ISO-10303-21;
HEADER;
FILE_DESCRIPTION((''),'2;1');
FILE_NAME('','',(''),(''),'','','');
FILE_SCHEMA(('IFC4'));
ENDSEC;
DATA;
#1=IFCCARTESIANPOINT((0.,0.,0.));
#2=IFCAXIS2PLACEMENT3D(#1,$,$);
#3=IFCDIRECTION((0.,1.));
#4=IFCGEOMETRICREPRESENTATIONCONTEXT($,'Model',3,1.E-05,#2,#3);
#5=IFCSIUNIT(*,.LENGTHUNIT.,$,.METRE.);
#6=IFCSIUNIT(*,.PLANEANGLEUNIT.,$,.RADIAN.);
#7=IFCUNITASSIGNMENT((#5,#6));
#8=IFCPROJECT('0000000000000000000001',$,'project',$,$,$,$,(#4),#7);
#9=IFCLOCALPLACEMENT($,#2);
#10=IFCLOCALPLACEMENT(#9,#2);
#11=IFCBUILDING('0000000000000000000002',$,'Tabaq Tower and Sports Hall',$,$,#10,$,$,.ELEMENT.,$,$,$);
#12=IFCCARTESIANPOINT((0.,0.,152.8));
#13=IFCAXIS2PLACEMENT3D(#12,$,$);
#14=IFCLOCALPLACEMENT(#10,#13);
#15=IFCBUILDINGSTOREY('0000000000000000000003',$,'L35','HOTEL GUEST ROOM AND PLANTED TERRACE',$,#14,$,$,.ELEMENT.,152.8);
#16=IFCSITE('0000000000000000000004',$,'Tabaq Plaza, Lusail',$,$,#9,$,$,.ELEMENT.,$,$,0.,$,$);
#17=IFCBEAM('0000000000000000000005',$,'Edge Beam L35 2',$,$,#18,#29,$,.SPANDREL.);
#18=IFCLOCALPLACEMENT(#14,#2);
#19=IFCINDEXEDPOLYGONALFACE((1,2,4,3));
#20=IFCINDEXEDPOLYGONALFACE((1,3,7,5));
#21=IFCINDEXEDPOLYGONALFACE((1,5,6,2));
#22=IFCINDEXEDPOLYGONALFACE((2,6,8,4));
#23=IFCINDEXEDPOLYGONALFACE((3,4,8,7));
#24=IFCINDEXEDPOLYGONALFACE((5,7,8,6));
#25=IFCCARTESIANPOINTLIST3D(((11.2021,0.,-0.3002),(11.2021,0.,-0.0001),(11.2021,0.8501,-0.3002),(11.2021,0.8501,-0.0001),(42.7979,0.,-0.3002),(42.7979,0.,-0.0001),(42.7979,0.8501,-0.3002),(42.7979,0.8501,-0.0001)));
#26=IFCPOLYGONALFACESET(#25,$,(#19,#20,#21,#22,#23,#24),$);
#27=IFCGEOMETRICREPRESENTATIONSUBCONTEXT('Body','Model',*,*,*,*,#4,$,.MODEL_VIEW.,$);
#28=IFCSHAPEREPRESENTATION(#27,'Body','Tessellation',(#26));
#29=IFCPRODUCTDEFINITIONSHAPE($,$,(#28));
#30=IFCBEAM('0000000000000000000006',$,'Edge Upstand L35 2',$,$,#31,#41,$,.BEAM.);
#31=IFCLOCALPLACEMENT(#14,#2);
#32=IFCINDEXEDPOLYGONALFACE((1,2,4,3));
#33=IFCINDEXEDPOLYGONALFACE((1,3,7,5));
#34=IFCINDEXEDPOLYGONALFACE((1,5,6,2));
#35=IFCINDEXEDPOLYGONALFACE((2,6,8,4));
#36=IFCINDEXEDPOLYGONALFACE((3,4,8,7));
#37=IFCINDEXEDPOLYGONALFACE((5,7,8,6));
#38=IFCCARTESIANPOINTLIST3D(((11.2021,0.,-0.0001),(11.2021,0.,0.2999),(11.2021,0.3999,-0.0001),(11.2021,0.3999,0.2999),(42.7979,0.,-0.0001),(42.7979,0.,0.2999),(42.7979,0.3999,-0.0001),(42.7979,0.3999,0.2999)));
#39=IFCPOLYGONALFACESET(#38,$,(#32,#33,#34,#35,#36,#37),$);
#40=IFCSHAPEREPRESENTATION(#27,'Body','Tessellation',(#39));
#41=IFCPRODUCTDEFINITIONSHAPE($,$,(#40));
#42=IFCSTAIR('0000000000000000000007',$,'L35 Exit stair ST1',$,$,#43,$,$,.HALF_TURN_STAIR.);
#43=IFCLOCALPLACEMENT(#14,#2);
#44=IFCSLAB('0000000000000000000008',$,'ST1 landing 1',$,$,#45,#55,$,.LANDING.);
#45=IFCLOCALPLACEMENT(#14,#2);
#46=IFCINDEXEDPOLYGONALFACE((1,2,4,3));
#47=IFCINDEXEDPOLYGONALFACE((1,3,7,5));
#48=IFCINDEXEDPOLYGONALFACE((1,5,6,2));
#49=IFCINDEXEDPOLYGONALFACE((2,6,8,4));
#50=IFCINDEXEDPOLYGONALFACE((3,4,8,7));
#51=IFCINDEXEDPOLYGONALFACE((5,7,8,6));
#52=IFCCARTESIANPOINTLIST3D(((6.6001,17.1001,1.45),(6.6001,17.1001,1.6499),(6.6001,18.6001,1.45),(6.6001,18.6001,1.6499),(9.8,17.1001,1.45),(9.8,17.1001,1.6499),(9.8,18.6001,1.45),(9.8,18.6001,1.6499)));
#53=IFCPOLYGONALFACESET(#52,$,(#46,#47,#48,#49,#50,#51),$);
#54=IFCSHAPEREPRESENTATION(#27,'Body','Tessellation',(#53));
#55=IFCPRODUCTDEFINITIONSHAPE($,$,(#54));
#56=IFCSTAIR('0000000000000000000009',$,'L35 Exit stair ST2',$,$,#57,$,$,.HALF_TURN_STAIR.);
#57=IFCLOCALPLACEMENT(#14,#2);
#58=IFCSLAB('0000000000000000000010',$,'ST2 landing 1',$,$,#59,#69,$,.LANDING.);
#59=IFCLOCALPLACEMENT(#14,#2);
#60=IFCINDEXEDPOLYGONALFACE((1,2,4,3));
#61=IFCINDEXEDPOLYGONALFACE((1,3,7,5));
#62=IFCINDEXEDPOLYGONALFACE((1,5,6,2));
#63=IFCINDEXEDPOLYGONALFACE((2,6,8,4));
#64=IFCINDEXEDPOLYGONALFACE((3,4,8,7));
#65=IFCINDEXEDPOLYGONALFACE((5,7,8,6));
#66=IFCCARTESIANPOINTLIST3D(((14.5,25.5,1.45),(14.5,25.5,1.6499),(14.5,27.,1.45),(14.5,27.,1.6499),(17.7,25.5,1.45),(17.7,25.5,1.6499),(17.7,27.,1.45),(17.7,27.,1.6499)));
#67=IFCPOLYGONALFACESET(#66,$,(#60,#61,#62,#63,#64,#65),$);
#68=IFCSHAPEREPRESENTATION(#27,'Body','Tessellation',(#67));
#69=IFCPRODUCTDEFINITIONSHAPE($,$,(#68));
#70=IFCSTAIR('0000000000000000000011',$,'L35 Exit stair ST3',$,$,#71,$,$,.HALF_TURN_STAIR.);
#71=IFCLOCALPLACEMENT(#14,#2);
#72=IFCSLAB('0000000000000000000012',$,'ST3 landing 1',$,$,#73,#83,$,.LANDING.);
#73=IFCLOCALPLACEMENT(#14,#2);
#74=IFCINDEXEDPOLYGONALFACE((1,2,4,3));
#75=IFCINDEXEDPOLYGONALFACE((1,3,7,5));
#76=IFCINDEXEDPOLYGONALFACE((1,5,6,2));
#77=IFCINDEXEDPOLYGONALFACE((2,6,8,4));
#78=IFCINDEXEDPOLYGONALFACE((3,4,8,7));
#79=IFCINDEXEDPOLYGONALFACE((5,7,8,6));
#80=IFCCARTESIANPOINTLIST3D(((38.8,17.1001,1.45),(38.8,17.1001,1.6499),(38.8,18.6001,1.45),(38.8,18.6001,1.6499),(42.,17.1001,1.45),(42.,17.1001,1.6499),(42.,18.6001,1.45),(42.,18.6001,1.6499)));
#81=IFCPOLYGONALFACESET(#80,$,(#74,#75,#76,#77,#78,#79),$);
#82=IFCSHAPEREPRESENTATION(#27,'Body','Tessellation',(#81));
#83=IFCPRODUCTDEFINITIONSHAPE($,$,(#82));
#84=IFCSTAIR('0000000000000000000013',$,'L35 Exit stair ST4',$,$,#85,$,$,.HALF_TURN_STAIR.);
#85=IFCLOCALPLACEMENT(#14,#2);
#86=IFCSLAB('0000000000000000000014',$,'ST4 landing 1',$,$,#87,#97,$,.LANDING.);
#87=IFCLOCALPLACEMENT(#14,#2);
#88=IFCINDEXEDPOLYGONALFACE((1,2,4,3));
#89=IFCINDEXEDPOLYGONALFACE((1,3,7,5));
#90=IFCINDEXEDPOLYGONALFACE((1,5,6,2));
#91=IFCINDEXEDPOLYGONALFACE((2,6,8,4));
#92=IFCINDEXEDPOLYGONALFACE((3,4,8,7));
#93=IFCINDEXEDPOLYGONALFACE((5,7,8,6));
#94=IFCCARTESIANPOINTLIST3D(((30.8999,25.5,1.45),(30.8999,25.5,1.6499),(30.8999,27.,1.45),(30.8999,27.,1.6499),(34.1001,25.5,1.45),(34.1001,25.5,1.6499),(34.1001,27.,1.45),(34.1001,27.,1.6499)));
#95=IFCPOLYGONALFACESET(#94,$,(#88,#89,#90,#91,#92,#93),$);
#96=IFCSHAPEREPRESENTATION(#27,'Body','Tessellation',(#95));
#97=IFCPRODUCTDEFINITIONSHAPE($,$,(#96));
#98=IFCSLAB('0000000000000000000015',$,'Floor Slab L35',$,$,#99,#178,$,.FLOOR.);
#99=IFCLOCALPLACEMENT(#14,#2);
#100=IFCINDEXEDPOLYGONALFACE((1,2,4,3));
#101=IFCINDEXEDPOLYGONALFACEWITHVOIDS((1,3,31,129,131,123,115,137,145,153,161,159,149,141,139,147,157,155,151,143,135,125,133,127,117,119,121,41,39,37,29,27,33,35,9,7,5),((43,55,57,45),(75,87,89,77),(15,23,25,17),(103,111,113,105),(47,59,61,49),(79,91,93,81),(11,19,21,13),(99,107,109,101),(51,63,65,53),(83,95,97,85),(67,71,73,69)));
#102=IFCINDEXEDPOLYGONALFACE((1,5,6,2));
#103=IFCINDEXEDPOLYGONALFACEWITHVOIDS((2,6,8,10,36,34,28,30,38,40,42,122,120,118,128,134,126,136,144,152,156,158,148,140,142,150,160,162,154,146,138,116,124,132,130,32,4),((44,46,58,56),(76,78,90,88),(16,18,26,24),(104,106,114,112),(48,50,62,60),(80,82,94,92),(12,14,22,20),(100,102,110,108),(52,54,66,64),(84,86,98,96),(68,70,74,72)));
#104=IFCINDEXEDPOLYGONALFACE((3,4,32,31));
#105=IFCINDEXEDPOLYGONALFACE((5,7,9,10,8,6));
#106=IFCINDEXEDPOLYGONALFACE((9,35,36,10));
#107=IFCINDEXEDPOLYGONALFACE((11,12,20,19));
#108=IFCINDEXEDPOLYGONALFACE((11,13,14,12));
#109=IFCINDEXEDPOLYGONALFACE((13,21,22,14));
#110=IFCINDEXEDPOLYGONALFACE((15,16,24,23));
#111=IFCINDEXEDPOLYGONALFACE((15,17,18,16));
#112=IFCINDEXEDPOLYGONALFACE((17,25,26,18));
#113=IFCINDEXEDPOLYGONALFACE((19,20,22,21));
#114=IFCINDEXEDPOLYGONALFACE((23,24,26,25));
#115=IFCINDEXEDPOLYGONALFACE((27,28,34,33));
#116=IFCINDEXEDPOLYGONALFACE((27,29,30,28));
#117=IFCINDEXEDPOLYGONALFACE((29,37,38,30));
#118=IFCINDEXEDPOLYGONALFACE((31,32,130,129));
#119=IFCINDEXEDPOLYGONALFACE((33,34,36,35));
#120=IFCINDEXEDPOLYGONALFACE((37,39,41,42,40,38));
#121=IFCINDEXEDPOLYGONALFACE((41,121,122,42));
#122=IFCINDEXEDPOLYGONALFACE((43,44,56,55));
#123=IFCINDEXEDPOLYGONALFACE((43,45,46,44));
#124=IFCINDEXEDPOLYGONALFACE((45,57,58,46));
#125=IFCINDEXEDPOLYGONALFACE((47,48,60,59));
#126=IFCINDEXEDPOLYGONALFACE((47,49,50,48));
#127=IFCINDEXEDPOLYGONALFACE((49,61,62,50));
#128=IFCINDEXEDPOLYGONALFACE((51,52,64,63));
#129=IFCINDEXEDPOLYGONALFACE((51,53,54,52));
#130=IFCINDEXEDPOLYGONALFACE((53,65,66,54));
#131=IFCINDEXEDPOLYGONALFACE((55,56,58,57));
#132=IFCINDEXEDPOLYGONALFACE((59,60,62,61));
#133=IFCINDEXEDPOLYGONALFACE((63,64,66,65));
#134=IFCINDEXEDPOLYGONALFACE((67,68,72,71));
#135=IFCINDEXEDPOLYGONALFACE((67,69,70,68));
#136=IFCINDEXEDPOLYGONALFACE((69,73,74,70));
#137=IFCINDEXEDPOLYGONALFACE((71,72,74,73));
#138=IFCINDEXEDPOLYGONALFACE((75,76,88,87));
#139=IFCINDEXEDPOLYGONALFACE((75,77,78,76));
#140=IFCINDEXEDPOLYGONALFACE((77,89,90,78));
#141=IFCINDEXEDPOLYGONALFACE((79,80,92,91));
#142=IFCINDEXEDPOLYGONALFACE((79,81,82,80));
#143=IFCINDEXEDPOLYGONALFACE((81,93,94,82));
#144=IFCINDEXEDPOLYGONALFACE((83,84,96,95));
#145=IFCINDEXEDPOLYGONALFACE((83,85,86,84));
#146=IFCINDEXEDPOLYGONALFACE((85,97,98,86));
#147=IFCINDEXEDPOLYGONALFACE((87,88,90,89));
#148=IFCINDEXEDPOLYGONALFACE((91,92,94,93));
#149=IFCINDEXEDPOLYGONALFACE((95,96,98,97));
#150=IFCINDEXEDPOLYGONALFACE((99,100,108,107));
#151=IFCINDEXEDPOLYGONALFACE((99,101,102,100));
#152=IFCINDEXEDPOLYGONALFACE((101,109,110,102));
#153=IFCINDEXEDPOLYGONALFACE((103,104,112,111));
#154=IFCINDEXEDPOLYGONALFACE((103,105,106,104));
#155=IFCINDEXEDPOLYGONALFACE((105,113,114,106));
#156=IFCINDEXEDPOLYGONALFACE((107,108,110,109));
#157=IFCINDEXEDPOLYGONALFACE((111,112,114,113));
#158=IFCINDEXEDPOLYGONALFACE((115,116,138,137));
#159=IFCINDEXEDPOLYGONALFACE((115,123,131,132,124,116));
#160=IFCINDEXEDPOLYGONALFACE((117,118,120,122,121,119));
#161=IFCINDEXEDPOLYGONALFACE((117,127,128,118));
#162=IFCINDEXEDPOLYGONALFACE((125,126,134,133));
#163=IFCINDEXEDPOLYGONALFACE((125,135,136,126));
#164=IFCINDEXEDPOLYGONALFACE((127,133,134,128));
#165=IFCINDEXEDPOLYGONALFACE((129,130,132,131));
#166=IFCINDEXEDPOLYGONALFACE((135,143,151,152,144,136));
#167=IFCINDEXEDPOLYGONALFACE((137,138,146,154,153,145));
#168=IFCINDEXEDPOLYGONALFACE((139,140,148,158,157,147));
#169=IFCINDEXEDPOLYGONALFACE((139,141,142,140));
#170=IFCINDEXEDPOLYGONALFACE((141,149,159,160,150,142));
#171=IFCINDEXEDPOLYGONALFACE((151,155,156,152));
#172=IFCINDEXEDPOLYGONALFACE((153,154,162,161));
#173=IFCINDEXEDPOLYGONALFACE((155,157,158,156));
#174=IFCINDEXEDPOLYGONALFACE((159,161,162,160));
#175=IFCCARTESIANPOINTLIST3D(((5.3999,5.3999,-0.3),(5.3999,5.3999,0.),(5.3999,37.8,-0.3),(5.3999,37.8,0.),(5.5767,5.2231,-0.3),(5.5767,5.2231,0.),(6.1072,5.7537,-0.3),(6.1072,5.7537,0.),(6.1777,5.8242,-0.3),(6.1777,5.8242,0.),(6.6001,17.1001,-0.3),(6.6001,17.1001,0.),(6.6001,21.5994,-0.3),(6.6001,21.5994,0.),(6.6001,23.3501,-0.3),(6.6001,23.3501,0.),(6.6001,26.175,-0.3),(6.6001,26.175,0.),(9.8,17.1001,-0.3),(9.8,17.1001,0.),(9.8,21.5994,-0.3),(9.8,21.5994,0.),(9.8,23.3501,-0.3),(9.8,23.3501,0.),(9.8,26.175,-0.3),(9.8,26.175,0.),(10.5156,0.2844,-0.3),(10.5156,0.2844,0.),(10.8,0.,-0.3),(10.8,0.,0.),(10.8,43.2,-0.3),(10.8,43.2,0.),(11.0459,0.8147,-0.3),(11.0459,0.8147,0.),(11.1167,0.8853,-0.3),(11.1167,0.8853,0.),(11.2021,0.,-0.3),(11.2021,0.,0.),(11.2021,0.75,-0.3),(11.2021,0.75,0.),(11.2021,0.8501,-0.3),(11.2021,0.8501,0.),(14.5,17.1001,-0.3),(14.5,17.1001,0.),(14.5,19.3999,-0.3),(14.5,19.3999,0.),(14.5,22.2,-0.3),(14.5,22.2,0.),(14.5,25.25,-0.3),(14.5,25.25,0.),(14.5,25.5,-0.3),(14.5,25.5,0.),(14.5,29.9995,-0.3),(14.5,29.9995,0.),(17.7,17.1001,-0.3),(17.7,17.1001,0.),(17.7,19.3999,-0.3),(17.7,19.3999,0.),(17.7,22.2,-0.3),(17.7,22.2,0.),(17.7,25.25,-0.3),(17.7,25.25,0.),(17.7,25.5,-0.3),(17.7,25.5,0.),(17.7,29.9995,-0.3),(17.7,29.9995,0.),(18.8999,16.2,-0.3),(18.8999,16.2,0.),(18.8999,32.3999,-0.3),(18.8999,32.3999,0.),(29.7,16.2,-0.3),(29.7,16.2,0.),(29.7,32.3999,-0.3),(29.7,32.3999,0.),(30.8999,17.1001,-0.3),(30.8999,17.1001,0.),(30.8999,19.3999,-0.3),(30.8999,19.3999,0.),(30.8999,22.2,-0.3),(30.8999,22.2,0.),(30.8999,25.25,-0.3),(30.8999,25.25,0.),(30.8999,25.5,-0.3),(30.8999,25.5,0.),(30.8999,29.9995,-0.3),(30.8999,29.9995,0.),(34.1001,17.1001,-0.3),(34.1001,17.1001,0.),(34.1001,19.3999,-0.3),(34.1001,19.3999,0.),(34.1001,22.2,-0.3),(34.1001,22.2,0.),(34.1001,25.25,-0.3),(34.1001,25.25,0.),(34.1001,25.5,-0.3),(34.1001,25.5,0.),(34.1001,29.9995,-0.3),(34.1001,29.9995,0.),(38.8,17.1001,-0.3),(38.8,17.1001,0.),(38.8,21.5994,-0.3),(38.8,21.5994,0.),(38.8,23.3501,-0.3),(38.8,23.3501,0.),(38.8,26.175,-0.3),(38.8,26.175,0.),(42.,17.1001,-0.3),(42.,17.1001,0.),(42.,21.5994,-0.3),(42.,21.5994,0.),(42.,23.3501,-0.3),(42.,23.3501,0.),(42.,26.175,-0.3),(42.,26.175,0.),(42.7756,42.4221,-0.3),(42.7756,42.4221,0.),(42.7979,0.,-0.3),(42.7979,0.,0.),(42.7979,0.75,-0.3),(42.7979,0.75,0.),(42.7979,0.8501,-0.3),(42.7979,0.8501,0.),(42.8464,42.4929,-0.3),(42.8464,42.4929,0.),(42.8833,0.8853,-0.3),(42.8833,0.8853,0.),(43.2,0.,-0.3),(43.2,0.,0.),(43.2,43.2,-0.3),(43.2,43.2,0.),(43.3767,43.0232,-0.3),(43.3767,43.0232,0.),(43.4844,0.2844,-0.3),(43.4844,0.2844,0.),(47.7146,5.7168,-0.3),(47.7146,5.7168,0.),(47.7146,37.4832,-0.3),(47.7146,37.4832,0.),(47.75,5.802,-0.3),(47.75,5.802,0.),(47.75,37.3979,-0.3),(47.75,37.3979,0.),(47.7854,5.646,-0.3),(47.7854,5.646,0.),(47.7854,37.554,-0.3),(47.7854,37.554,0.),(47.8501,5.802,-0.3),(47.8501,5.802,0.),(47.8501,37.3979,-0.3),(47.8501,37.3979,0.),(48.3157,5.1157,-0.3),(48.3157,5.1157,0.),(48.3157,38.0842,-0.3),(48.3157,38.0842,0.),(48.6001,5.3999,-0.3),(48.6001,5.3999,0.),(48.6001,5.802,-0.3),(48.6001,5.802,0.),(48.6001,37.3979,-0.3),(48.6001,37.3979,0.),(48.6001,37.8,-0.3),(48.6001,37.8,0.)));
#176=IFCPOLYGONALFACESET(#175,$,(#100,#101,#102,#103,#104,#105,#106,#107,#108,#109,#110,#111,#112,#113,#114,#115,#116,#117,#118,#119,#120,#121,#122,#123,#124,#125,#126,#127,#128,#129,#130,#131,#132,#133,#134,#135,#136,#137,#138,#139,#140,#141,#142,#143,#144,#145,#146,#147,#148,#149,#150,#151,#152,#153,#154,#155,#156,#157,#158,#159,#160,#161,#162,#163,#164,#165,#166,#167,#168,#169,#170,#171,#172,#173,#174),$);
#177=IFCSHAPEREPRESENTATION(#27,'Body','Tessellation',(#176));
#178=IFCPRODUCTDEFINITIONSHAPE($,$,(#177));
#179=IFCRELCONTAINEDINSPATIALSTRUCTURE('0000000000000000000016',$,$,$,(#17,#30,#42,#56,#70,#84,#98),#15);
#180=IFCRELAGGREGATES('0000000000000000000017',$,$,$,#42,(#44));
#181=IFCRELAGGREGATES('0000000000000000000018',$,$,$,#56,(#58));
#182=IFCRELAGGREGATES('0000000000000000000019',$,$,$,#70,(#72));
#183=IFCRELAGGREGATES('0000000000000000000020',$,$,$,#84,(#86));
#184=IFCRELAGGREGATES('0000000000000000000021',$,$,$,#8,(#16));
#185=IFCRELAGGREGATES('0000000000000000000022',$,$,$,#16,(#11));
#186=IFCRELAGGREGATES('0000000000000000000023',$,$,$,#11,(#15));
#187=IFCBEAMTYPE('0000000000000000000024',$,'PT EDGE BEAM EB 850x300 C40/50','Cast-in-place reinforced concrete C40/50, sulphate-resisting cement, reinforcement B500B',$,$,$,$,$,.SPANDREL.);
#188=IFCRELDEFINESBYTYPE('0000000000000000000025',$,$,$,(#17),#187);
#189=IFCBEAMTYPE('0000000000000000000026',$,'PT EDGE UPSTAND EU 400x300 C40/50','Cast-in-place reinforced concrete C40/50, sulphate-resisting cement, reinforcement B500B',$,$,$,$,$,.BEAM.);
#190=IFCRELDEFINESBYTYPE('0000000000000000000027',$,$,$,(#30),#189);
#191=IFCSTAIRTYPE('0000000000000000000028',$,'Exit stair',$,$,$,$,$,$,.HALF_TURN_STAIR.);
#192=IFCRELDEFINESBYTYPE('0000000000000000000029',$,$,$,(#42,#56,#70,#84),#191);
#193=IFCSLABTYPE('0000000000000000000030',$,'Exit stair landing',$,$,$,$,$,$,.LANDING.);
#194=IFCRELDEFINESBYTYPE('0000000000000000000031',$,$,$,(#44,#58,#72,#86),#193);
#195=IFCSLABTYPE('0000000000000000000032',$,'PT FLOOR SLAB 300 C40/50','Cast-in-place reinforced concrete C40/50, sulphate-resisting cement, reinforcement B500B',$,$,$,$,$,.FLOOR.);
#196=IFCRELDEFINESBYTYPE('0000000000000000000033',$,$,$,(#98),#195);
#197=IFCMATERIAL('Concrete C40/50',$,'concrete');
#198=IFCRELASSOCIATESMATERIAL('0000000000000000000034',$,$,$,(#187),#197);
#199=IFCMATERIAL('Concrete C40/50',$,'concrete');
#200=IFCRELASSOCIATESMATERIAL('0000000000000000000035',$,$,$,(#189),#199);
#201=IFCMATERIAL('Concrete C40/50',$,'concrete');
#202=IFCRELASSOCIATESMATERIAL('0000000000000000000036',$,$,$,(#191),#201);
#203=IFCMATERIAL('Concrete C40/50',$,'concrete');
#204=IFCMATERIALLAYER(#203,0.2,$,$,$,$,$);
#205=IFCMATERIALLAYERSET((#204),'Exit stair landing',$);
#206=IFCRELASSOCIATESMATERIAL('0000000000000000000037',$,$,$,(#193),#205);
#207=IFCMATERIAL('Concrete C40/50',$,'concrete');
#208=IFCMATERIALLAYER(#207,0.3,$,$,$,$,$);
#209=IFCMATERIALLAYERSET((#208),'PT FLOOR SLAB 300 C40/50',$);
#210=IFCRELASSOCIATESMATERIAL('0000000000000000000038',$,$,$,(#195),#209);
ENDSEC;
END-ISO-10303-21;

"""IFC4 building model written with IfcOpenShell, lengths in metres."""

from ifc_helpers import new_model, si_unit, direction, frame, origin, origin_2d, place, context, subcontext, project, spatial, polyline, rectangle, outline, extrude, material, layer, layer_set, material_profile, profile_set, type_object, element, aggregate, save


model = new_model("IFC4")

# Units and contexts
model_context = context("Model", 3, precision=1e-05, world=origin(), true_north=direction((0.0, 1.0)))
body_context = subcontext(model_context, "Body", "Model", "MODEL_VIEW")
ifc_project = project(units=[si_unit("LENGTHUNIT", "METRE"), si_unit("PLANEANGLEUNIT", "RADIAN")], contexts=[model_context])

# Site, building, storey
site_placement = place(None, origin())
site = spatial("IfcSite", under=ifc_project, at=site_placement, Name="Tabaq Plaza, Lusail", CompositionType="ELEMENT", RefElevation=0.0)
building_placement = place(site_placement, origin())
building = spatial("IfcBuilding", under=site, at=building_placement, Name="Tabaq Tower and Sports Hall", CompositionType="ELEMENT")
storey_placement = place(building_placement, frame((0.0, 0.0, 152.8)))
storey = spatial("IfcBuildingStorey", under=building, at=storey_placement, Name="L35", Description="HOTEL GUEST ROOM AND PLANTED TERRACE", CompositionType="ELEMENT", Elevation=152.8)

# Beams
ifc_material_1 = material(Name="Concrete C40/50", Category="concrete")
ifc_material_profile_1 = material_profile(ifc_material_1, rectangle(XDim=0.8501, YDim=0.3, at=origin_2d()), Name="EB 850x300")
ifc_profile_set_1 = profile_set([ifc_material_profile_1], Name="Concrete C40/50")
beam_type_1 = type_object("IfcBeamType", Name="PT EDGE BEAM EB 850x300 C40/50", Description="Cast-in-place reinforced concrete C40/50, sulphate-resisting cement, reinforcement B500B", PredefinedType="SPANDREL", material=ifc_profile_set_1)
beam_1_placement = place(storey_placement, frame((11.2021, 0.425, -0.1501), z_axis=(1.0, 0.0, 0.0), x_axis=(0.0, 1.0, 0.0)))
element("IfcBeam", 1, at=beam_1_placement, inside=storey, type_object=beam_type_1, Name="Edge Beam L35 2", PredefinedType="SPANDREL", context=body_context, shape_type="SweptSolid", body=[
    extrude(rectangle(XDim=0.8501, YDim=0.3, at=origin_2d()), origin(), (0.0, 0.0, 1.0), 31.5957),
])
ifc_material_2 = material(Name="Concrete C40/50", Category="concrete")
ifc_material_profile_2 = material_profile(ifc_material_2, rectangle(XDim=0.3999, YDim=0.3, at=origin_2d()), Name="EU 400x300")
ifc_profile_set_2 = profile_set([ifc_material_profile_2], Name="Concrete C40/50")
beam_type_2 = type_object("IfcBeamType", Name="PT EDGE UPSTAND EU 400x300 C40/50", Description="Cast-in-place reinforced concrete C40/50, sulphate-resisting cement, reinforcement B500B", PredefinedType="BEAM", material=ifc_profile_set_2)
beam_2_placement = place(storey_placement, frame((11.2021, 0.2, 0.1499), z_axis=(1.0, 0.0, 0.0), x_axis=(0.0, 1.0, 0.0)))
element("IfcBeam", 2, at=beam_2_placement, inside=storey, type_object=beam_type_2, Name="Edge Upstand L35 2", PredefinedType="BEAM", context=body_context, shape_type="SweptSolid", body=[
    extrude(rectangle(XDim=0.3999, YDim=0.3, at=origin_2d()), origin(), (0.0, 0.0, 1.0), 31.5957),
])

# Stairs, slabs
ifc_material_3 = material(Name="Concrete C40/50", Category="concrete")
stair_type = type_object("IfcStairType", Name="Exit stair", PredefinedType="HALF_TURN_STAIR", material=ifc_material_3)
stair_1_placement = place(storey_placement, origin())
stair_1 = element("IfcStair", 3, at=stair_1_placement, inside=storey, type_object=stair_type, Name="L35 Exit stair ST1", PredefinedType="HALF_TURN_STAIR")
ifc_material_4 = material(Name="Concrete C40/50", Category="concrete")
ifc_layer_1 = layer(ifc_material_4, 0.2)
ifc_layer_set_1 = layer_set([ifc_layer_1], Name="Exit stair landing")
slab_type_1 = type_object("IfcSlabType", Name="Exit stair landing", PredefinedType="LANDING", material=ifc_layer_set_1)
slab_1_placement = place(storey_placement, frame((0.0, 0.0, 1.45)))
slab_1 = element("IfcSlab", 4, at=slab_1_placement, type_object=slab_type_1, Name="ST1 landing 1", PredefinedType="LANDING", context=body_context, shape_type="SweptSolid", body=[
    extrude(outline(polyline([(6.6001, 18.6001), (6.6001, 17.1001), (9.8, 17.1001), (9.8, 18.6001), (6.6001, 18.6001)])), origin(), (0.0, 0.0, 1.0), 0.2),
])
aggregate(stair_1, [slab_1])
stair_2_placement = place(storey_placement, origin())
stair_2 = element("IfcStair", 5, at=stair_2_placement, inside=storey, type_object=stair_type, Name="L35 Exit stair ST2", PredefinedType="HALF_TURN_STAIR")
slab_2_placement = place(storey_placement, frame((0.0, 0.0, 1.45)))
slab_2 = element("IfcSlab", 6, at=slab_2_placement, type_object=slab_type_1, Name="ST2 landing 1", PredefinedType="LANDING", context=body_context, shape_type="SweptSolid", body=[
    extrude(outline(polyline([(14.5, 27.0), (14.5, 25.5), (17.7, 25.5), (17.7, 27.0), (14.5, 27.0)])), origin(), (0.0, 0.0, 1.0), 0.2),
])
aggregate(stair_2, [slab_2])
stair_3_placement = place(storey_placement, origin())
stair_3 = element("IfcStair", 7, at=stair_3_placement, inside=storey, type_object=stair_type, Name="L35 Exit stair ST3", PredefinedType="HALF_TURN_STAIR")
slab_3_placement = place(storey_placement, frame((0.0, 0.0, 1.45)))
slab_3 = element("IfcSlab", 8, at=slab_3_placement, type_object=slab_type_1, Name="ST3 landing 1", PredefinedType="LANDING", context=body_context, shape_type="SweptSolid", body=[
    extrude(outline(polyline([(38.8, 18.6001), (38.8, 17.1001), (42.0, 17.1001), (42.0, 18.6001), (38.8, 18.6001)])), origin(), (0.0, 0.0, 1.0), 0.2),
])
aggregate(stair_3, [slab_3])
stair_4_placement = place(storey_placement, origin())
stair_4 = element("IfcStair", 9, at=stair_4_placement, inside=storey, type_object=stair_type, Name="L35 Exit stair ST4", PredefinedType="HALF_TURN_STAIR")
slab_4_placement = place(storey_placement, frame((0.0, 0.0, 1.45)))
slab_4 = element("IfcSlab", 10, at=slab_4_placement, type_object=slab_type_1, Name="ST4 landing 1", PredefinedType="LANDING", context=body_context, shape_type="SweptSolid", body=[
    extrude(outline(polyline([(30.8999, 27.0), (30.8999, 25.5), (34.1001, 25.5), (34.1001, 27.0), (30.8999, 27.0)])), origin(), (0.0, 0.0, 1.0), 0.2),
])
aggregate(stair_4, [slab_4])

# Slab
ifc_material_5 = material(Name="Concrete C40/50", Category="concrete")
ifc_layer_2 = layer(ifc_material_5, 0.3)
ifc_layer_set_2 = layer_set([ifc_layer_2], Name="PT FLOOR SLAB 300 C40/50")
slab_type_2 = type_object("IfcSlabType", Name="PT FLOOR SLAB 300 C40/50", Description="Cast-in-place reinforced concrete C40/50, sulphate-resisting cement, reinforcement B500B", PredefinedType="FLOOR", material=ifc_layer_set_2)
slab_5_placement = place(storey_placement, frame((0.0, 0.0, -0.3)))
element("IfcSlab", 11, at=slab_5_placement, inside=storey, type_object=slab_type_2, Name="Floor Slab L35", PredefinedType="FLOOR", context=body_context, shape_type="SweptSolid", body=[
    extrude(outline(polyline([(5.3999, 37.8), (5.3999, 5.3999), (5.5767, 5.2231), (6.1072, 5.7537), (6.1777, 5.8242), (11.1167, 0.8853), (11.0459, 0.8147), (10.5156, 0.2844), (10.8, 0.0), (11.2021, 0.0), (11.2021, 0.75), (11.2021, 0.8501), (42.7979, 0.8501), (42.7979, 0.75), (42.7979, 0.0), (43.2, 0.0), (43.4844, 0.2844), (42.8833, 0.8853), (47.7146, 5.7168), (47.7854, 5.646), (48.3157, 5.1157), (48.6001, 5.3999), (48.6001, 5.802), (47.8501, 5.802), (47.75, 5.802), (47.75, 37.3979), (47.8501, 37.3979), (48.6001, 37.3979), (48.6001, 37.8), (48.3157, 38.0842), (47.7854, 37.554), (47.7146, 37.4832), (42.7756, 42.4221), (42.8464, 42.4929), (43.3767, 43.0232), (43.2, 43.2), (10.8, 43.2), (5.3999, 37.8)]), holes=[polyline([(14.5, 19.3999), (17.7, 19.3999), (17.7, 17.1001), (14.5, 17.1001), (14.5, 19.3999)]), polyline([(6.6001, 21.5994), (9.8, 21.5994), (9.8, 17.1001), (6.6001, 17.1001), (6.6001, 21.5994)]), polyline([(14.5, 25.25), (17.7, 25.25), (17.7, 22.2), (14.5, 22.2), (14.5, 25.25)]), polyline([(18.8999, 32.3999), (29.7, 32.3999), (29.7, 16.2), (18.8999, 16.2), (18.8999, 32.3999)]), polyline([(9.8, 26.175), (9.8, 23.3501), (6.6001, 23.3501), (6.6001, 26.175), (9.8, 26.175)]), polyline([(14.5, 29.9995), (17.7, 29.9995), (17.7, 25.5), (14.5, 25.5), (14.5, 29.9995)]), polyline([(34.1001, 19.3999), (34.1001, 17.1001), (30.8999, 17.1001), (30.8999, 19.3999), (34.1001, 19.3999)]), polyline([(42.0, 21.5994), (42.0, 17.1001), (38.8, 17.1001), (38.8, 21.5994), (42.0, 21.5994)]), polyline([(30.8999, 25.25), (34.1001, 25.25), (34.1001, 22.2), (30.8999, 22.2), (30.8999, 25.25)]), polyline([(42.0, 26.175), (42.0, 23.3501), (38.8, 23.3501), (38.8, 26.175), (42.0, 26.175)]), polyline([(34.1001, 29.9995), (34.1001, 25.5), (30.8999, 25.5), (30.8999, 29.9995), (34.1001, 29.9995)])]), origin(), (0.0, 0.0, 1.0), 0.3),
])

save(model, "model.ifc")
